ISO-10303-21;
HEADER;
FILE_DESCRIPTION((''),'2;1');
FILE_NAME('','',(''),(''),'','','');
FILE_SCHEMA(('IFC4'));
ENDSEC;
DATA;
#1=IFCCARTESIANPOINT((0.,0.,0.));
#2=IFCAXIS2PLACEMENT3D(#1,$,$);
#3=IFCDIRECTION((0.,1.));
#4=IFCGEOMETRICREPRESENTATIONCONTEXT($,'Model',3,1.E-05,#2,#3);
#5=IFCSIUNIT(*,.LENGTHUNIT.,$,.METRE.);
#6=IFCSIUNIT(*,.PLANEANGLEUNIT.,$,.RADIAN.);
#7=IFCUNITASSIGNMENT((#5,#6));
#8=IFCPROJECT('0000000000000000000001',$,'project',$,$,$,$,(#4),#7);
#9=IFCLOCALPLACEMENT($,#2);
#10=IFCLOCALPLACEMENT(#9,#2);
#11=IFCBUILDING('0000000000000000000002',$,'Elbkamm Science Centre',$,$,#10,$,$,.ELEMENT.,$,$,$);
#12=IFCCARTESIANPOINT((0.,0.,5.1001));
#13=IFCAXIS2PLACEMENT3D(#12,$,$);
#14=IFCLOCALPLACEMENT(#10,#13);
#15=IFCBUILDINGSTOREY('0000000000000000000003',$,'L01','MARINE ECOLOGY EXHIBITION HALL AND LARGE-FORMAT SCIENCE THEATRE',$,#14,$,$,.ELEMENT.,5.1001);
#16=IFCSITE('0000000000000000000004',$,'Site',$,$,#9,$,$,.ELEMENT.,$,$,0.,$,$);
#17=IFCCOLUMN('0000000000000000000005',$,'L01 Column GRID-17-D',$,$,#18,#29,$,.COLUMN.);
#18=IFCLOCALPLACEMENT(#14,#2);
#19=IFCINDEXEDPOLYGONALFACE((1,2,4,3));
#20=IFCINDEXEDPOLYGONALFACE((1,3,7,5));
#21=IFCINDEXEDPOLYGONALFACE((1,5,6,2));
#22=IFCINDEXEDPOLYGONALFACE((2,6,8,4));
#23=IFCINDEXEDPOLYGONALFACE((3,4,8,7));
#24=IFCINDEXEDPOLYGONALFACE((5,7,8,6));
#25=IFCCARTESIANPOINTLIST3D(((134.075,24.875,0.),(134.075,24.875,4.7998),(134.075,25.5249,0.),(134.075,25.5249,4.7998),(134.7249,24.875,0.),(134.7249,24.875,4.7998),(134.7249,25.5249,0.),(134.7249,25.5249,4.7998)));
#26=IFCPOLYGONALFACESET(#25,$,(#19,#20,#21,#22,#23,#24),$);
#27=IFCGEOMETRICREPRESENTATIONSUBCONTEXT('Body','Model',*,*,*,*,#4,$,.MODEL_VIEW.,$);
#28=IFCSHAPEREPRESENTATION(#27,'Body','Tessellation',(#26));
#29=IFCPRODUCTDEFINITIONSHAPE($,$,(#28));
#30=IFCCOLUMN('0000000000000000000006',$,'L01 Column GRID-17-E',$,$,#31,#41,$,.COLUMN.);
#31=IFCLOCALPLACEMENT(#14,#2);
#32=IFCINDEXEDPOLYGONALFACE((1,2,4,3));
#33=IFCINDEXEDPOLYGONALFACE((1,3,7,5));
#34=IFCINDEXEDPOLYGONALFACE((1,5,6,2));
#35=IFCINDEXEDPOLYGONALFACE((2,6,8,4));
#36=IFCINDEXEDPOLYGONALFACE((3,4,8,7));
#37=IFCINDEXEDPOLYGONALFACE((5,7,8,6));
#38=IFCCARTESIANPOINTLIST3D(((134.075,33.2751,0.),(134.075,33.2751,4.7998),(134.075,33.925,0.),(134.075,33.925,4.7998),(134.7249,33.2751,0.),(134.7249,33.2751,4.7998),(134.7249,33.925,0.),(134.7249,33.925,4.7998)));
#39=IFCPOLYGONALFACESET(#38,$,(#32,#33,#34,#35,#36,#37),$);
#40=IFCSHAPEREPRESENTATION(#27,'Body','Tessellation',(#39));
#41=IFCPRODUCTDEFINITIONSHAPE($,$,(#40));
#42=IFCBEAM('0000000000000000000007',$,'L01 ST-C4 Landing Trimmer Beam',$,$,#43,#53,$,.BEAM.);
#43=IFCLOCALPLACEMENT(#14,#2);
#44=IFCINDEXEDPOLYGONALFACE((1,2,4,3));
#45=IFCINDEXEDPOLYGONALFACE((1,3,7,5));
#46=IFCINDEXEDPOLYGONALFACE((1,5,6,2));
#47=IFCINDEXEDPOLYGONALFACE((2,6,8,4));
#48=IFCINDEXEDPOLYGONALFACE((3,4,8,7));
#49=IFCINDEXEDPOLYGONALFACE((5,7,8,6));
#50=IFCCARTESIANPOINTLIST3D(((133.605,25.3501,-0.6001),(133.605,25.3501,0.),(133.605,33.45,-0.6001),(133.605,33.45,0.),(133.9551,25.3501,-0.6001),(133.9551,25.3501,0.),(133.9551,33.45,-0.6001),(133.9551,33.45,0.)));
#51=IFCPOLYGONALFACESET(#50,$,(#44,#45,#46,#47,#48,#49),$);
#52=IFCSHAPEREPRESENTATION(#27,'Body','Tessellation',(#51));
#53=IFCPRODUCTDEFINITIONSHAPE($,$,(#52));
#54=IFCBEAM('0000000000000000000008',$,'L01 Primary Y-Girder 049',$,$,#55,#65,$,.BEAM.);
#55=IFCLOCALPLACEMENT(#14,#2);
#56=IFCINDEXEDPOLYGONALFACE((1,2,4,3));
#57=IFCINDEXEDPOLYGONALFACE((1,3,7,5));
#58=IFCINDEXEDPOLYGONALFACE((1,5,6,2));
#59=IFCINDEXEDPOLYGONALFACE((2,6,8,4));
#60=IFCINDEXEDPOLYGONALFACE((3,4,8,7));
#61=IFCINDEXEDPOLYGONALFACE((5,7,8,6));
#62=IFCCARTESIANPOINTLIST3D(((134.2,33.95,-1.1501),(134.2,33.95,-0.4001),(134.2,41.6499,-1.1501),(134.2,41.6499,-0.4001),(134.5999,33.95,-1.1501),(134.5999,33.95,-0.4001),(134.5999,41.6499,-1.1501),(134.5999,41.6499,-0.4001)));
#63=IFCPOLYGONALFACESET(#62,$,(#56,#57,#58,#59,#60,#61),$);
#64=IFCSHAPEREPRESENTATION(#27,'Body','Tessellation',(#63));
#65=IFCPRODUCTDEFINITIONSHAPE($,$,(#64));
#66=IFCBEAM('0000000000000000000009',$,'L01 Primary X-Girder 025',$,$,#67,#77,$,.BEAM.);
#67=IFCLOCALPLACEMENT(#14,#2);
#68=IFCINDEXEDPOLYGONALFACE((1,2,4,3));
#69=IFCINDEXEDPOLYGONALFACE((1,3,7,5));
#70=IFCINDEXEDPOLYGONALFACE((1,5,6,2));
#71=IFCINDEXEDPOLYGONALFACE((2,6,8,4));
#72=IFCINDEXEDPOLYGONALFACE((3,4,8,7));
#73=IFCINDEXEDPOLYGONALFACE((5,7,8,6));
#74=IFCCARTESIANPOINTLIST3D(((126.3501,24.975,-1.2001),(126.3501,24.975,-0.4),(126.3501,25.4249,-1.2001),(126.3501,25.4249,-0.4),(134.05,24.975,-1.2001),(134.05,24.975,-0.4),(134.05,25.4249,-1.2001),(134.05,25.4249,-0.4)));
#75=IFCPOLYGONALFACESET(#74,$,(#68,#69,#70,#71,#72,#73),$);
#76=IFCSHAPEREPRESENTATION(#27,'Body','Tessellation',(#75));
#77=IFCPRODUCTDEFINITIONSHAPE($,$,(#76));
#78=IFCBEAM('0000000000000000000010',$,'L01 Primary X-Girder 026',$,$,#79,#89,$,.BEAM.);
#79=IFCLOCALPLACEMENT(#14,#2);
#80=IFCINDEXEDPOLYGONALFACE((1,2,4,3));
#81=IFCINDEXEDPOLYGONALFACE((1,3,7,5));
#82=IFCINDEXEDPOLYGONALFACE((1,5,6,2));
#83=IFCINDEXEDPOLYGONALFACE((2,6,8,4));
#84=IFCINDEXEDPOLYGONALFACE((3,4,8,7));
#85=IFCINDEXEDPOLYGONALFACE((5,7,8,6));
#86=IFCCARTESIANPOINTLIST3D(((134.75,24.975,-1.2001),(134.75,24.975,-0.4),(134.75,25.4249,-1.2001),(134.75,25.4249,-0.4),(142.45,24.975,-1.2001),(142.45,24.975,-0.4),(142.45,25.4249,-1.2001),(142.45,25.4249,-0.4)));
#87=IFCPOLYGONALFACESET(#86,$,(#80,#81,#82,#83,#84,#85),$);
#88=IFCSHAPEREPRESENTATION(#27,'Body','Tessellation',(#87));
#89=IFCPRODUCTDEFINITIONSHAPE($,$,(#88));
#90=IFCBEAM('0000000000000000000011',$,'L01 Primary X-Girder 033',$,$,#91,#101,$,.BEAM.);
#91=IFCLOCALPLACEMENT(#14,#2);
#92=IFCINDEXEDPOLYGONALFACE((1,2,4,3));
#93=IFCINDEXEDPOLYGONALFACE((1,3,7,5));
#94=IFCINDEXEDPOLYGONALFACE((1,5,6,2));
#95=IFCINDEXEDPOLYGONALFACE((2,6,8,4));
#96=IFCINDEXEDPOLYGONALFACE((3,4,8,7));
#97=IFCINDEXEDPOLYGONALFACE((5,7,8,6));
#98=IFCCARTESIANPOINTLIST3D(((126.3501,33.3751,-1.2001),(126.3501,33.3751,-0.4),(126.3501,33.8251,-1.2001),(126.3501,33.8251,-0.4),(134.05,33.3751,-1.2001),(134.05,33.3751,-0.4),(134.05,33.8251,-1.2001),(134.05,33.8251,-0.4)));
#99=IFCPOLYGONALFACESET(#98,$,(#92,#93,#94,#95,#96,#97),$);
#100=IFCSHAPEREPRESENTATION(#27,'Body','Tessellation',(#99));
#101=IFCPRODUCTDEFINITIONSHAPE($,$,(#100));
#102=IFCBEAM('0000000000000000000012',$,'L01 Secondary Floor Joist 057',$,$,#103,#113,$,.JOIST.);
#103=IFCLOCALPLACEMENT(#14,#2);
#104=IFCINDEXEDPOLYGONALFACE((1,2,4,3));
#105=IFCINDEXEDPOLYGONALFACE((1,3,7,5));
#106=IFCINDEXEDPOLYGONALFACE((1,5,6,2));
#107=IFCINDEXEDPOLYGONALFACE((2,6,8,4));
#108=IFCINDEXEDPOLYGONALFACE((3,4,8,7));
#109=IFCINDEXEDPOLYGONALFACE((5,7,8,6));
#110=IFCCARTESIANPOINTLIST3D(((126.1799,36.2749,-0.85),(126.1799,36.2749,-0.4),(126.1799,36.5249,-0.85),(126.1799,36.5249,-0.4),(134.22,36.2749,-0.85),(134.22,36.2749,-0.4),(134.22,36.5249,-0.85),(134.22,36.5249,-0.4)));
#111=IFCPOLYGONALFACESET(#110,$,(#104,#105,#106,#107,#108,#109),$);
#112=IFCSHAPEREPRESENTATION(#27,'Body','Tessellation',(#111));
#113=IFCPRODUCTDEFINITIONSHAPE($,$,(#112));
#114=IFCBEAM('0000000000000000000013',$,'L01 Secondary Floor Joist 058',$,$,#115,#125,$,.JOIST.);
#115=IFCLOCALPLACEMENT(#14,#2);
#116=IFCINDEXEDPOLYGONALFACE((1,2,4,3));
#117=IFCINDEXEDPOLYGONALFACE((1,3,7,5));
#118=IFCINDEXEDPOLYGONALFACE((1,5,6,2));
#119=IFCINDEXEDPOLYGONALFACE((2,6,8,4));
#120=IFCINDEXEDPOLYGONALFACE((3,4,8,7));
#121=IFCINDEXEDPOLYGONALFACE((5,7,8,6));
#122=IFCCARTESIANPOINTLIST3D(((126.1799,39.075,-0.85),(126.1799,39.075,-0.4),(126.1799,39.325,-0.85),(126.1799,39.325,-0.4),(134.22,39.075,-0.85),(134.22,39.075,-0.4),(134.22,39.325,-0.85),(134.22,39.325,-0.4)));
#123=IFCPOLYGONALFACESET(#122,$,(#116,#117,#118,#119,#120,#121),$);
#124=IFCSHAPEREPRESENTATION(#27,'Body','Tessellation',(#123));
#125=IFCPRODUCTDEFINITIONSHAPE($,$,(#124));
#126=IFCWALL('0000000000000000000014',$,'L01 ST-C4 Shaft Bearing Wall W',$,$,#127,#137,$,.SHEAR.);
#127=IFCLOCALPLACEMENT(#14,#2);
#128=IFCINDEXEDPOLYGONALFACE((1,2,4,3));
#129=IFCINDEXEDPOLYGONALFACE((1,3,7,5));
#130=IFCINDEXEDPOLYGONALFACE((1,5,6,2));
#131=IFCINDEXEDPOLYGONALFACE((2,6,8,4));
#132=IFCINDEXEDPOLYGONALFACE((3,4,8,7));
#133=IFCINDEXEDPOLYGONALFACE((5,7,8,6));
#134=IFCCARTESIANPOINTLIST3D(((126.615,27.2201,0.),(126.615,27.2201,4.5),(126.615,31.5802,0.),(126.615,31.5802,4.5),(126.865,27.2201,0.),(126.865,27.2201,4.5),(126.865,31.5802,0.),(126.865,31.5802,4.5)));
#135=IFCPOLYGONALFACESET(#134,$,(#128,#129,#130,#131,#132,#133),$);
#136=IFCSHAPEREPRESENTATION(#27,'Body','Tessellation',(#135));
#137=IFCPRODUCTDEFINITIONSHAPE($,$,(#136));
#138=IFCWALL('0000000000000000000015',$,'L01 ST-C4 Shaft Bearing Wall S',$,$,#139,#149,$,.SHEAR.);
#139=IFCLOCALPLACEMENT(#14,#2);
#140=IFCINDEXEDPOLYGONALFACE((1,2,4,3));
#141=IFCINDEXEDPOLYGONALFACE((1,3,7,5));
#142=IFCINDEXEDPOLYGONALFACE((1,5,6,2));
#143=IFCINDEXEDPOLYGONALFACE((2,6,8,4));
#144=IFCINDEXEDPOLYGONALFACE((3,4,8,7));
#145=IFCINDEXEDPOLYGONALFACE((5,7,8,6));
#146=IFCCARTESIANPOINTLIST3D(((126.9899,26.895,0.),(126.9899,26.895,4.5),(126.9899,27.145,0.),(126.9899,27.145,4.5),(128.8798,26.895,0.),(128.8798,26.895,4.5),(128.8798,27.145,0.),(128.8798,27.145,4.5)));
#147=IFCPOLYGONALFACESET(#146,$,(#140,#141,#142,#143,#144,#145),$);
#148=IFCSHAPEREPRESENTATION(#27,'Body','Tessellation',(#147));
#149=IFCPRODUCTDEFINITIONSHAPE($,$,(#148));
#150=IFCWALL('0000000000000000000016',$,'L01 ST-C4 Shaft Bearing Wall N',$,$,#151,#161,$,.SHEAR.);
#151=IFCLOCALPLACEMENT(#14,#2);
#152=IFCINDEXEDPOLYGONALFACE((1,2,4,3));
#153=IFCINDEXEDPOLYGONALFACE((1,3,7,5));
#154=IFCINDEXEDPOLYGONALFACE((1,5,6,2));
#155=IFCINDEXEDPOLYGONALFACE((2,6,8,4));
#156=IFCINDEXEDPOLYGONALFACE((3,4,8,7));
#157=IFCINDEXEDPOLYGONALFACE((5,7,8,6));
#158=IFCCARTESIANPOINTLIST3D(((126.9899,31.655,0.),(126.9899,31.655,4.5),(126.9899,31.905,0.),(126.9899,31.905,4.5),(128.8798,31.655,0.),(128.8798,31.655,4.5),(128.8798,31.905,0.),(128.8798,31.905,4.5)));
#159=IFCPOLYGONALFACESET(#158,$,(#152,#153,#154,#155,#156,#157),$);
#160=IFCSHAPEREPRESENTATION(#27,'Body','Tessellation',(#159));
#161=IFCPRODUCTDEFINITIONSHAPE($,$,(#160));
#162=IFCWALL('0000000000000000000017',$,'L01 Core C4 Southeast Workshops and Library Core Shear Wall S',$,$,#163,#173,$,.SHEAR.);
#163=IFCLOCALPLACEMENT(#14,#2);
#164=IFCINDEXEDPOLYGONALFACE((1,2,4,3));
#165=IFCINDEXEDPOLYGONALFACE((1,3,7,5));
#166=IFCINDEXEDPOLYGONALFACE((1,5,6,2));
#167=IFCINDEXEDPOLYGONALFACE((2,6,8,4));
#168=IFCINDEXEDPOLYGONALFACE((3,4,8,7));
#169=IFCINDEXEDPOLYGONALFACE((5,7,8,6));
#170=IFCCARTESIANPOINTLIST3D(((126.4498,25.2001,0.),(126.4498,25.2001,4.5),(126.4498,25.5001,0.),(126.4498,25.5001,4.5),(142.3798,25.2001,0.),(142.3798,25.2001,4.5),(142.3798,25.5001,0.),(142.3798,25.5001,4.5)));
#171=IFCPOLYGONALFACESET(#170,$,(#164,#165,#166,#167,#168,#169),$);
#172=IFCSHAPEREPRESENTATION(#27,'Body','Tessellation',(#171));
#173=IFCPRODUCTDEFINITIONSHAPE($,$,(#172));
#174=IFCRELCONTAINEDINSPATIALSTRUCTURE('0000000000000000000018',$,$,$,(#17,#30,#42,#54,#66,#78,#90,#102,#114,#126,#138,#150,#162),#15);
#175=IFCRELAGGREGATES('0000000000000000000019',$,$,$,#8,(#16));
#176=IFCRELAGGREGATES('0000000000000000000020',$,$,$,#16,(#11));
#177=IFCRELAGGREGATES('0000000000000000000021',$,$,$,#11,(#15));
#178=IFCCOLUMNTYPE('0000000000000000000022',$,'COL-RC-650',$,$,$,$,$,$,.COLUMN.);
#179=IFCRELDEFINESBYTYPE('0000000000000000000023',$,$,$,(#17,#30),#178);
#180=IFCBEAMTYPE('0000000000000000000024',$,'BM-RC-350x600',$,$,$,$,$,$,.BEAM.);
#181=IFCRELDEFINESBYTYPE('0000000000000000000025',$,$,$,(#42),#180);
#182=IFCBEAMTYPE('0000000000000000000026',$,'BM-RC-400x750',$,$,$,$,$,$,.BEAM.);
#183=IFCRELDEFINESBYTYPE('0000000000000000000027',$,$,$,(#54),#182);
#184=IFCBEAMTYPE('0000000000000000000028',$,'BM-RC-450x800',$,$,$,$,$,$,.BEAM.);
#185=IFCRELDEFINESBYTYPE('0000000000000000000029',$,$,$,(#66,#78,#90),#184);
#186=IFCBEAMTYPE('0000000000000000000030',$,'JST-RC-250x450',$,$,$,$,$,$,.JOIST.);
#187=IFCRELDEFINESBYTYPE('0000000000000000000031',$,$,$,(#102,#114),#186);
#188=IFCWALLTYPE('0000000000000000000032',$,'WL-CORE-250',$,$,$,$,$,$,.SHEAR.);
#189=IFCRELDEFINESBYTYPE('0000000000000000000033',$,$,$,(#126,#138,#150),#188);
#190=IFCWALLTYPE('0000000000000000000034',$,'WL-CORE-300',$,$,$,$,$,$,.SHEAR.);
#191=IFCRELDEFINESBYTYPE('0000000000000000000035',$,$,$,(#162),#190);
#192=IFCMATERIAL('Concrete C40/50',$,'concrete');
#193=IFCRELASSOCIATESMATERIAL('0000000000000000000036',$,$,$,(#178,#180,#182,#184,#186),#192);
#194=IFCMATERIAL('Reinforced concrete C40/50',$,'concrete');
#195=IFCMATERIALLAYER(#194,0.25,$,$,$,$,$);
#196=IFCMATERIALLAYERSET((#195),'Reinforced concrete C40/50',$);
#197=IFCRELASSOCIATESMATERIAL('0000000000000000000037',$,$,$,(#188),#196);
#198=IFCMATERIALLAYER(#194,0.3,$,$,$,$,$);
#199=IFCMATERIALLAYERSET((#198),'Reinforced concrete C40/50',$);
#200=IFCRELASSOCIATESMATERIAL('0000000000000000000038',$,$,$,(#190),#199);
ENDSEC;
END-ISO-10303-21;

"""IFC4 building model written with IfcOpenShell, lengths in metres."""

from ifc_helpers import new_model, si_unit, direction, frame, frame_2d, origin, origin_2d, place, context, subcontext, project, spatial, rectangle, extrude, material, layer, layer_set, material_profile, profile_set, type_object, element, save


model = new_model("IFC4")

# Units and contexts
model_context = context("Model", 3, precision=1e-05, world=origin(), true_north=direction((0.0, 1.0)))
body_context = subcontext(model_context, "Body", "Model", "MODEL_VIEW")
ifc_project = project(units=[si_unit("LENGTHUNIT", "METRE"), si_unit("PLANEANGLEUNIT", "RADIAN")], contexts=[model_context])

# Site, building, storey
site_placement = place(None, origin())
site = spatial("IfcSite", under=ifc_project, at=site_placement, Name="Site", CompositionType="ELEMENT", RefElevation=0.0)
building_placement = place(site_placement, origin())
building = spatial("IfcBuilding", under=site, at=building_placement, Name="Elbkamm Science Centre", CompositionType="ELEMENT")
storey_placement = place(building_placement, frame((0.0, 0.0, 5.1001)))
storey = spatial("IfcBuildingStorey", under=building, at=storey_placement, Name="L01", Description="MARINE ECOLOGY EXHIBITION HALL AND LARGE-FORMAT SCIENCE THEATRE", CompositionType="ELEMENT", Elevation=5.1001)

# Columns
ifc_material_1 = material(Name="Concrete C40/50", Category="concrete")
ifc_material_profile_1 = material_profile(ifc_material_1, rectangle(XDim=0.6499, YDim=0.6499, at=origin_2d()), Name="RC 650x650")
ifc_profile_set_1 = profile_set([ifc_material_profile_1], Name="Concrete C40/50")
column_type = type_object("IfcColumnType", Name="COL-RC-650", PredefinedType="COLUMN", material=ifc_profile_set_1)
for number, where, z_axis, x_axis, name in (
    (1, (134.3999, 25.2, 0.0), (0.0, 0.0, 1.0), (1.0, 0.0, 0.0), "L01 Column GRID-17-D"),
    (2, (134.3999, 33.6001, 0.0), (0.0, 0.0, 1.0), (1.0, 0.0, 0.0), "L01 Column GRID-17-E"),
):
    element("IfcColumn", number, at=place(storey_placement, frame(where, z_axis=z_axis, x_axis=x_axis)), inside=storey, type_object=column_type, Name=name, PredefinedType="COLUMN", context=body_context, shape_type="SweptSolid", body=[
        extrude(rectangle(XDim=0.6499, YDim=0.6499, at=origin_2d()), origin(), (0.0, 0.0, 1.0), 4.7998),
    ])

# Beams
ifc_material_profile_2 = material_profile(ifc_material_1, rectangle(XDim=0.3501, YDim=0.6001, at=origin_2d()), Name="RC 350x600")
ifc_profile_set_2 = profile_set([ifc_material_profile_2], Name="Concrete C40/50")
beam_type_1 = type_object("IfcBeamType", Name="BM-RC-350x600", PredefinedType="BEAM", material=ifc_profile_set_2)
beam_1_placement = place(storey_placement, frame((133.78, 25.3501, -0.3), z_axis=(0.0, 1.0, 0.0), x_axis=(-1.0, 0.0, 0.0)))
element("IfcBeam", 3, at=beam_1_placement, inside=storey, type_object=beam_type_1, Name="L01 ST-C4 Landing Trimmer Beam", PredefinedType="BEAM", context=body_context, shape_type="SweptSolid", body=[
    extrude(rectangle(XDim=0.3501, YDim=0.6001, at=origin_2d()), origin(), (0.0, 0.0, 1.0), 8.0999),
])
ifc_material_profile_3 = material_profile(ifc_material_1, rectangle(XDim=0.3999, YDim=0.75, at=origin_2d()), Name="RC 400x750")
ifc_profile_set_3 = profile_set([ifc_material_profile_3], Name="Concrete C40/50")
beam_type_2 = type_object("IfcBeamType", Name="BM-RC-400x750", PredefinedType="BEAM", material=ifc_profile_set_3)
beam_2_placement = place(storey_placement, frame((134.3999, 33.95, -0.7751), z_axis=(0.0, 1.0, 0.0), x_axis=(-1.0, 0.0, 0.0)))
element("IfcBeam", 4, at=beam_2_placement, inside=storey, type_object=beam_type_2, Name="L01 Primary Y-Girder 049", PredefinedType="BEAM", context=body_context, shape_type="SweptSolid", body=[
    extrude(rectangle(XDim=0.3999, YDim=0.75, at=origin_2d()), origin(), (0.0, 0.0, 1.0), 7.7),
])
ifc_material_profile_4 = material_profile(ifc_material_1, rectangle(XDim=0.45, YDim=0.8, at=origin_2d()), Name="RC 450x800")
ifc_profile_set_4 = profile_set([ifc_material_profile_4], Name="Concrete C40/50")
beam_type_3 = type_object("IfcBeamType", Name="BM-RC-450x800", PredefinedType="BEAM", material=ifc_profile_set_4)
for number, where, z_axis, x_axis, name in (
    (5, (126.3501, 25.2, -0.8), (1.0, 0.0, 0.0), (0.0, 1.0, 0.0), "L01 Primary X-Girder 025"),
    (6, (134.75, 25.2, -0.8), (1.0, 0.0, 0.0), (0.0, 1.0, 0.0), "L01 Primary X-Girder 026"),
    (7, (126.3501, 33.6001, -0.8), (1.0, 0.0, 0.0), (0.0, 1.0, 0.0), "L01 Primary X-Girder 033"),
):
    element("IfcBeam", number, at=place(storey_placement, frame(where, z_axis=z_axis, x_axis=x_axis)), inside=storey, type_object=beam_type_3, Name=name, PredefinedType="BEAM", context=body_context, shape_type="SweptSolid", body=[
        extrude(rectangle(XDim=0.45, YDim=0.8, at=origin_2d()), origin(), (0.0, 0.0, 1.0), 7.7),
    ])
ifc_material_profile_5 = material_profile(ifc_material_1, rectangle(XDim=0.25, YDim=0.45, at=origin_2d()), Name="RC 250x450")
ifc_profile_set_5 = profile_set([ifc_material_profile_5], Name="Concrete C40/50")
beam_type_4 = type_object("IfcBeamType", Name="JST-RC-250x450", PredefinedType="JOIST", material=ifc_profile_set_5)
for number, where, z_axis, x_axis, name in (
    (8, (126.1799, 36.3999, -0.625), (1.0, 0.0, 0.0), (0.0, 1.0, 0.0), "L01 Secondary Floor Joist 057"),
    (9, (126.1799, 39.2, -0.625), (1.0, 0.0, 0.0), (0.0, 1.0, 0.0), "L01 Secondary Floor Joist 058"),
):
    element("IfcBeam", number, at=place(storey_placement, frame(where, z_axis=z_axis, x_axis=x_axis)), inside=storey, type_object=beam_type_4, Name=name, PredefinedType="JOIST", context=body_context, shape_type="SweptSolid", body=[
        extrude(rectangle(XDim=0.25, YDim=0.45, at=origin_2d()), origin(), (0.0, 0.0, 1.0), 8.04),
    ])

# Walls
ifc_material_2 = material(Name="Reinforced concrete C40/50", Category="concrete")
ifc_layer_1 = layer(ifc_material_2, 0.25)
ifc_layer_set_1 = layer_set([ifc_layer_1], Name="Reinforced concrete C40/50")
wall_type_1 = type_object("IfcWallType", Name="WL-CORE-250", PredefinedType="SHEAR", material=ifc_layer_set_1)
wall_1_placement = place(storey_placement, frame((126.74, 27.22, 0.0), z_axis=(0.0, 0.0, 1.0), x_axis=(0.0, 1.0, 0.0)))
element("IfcWall", 10, at=wall_1_placement, inside=storey, type_object=wall_type_1, Name="L01 ST-C4 Shaft Bearing Wall W", PredefinedType="SHEAR", context=body_context, shape_type="SweptSolid", body=[
    extrude(rectangle(XDim=4.3601, YDim=0.25, at=frame_2d((2.1802, 0.0))), origin(), (0.0, 0.0, 1.0), 4.5),
])
for number, where, z_axis, x_axis, name in (
    (11, (126.99, 27.02, 0.0), (0.0, 0.0, 1.0), (1.0, 0.0, 0.0), "L01 ST-C4 Shaft Bearing Wall S"),
    (12, (126.99, 31.78, 0.0), (0.0, 0.0, 1.0), (1.0, 0.0, 0.0), "L01 ST-C4 Shaft Bearing Wall N"),
):
    element("IfcWall", number, at=place(storey_placement, frame(where, z_axis=z_axis, x_axis=x_axis)), inside=storey, type_object=wall_type_1, Name=name, PredefinedType="SHEAR", context=body_context, shape_type="SweptSolid", body=[
        extrude(rectangle(XDim=1.8899, YDim=0.25, at=frame_2d((0.9448, 0.0))), origin(), (0.0, 0.0, 1.0), 4.5),
    ])
ifc_layer_2 = layer(ifc_material_2, 0.3)
ifc_layer_set_2 = layer_set([ifc_layer_2], Name="Reinforced concrete C40/50")
wall_type_2 = type_object("IfcWallType", Name="WL-CORE-300", PredefinedType="SHEAR", material=ifc_layer_set_2)
wall_2_placement = place(storey_placement, frame((126.45, 25.3501, 0.0), z_axis=(0.0, 0.0, 1.0), x_axis=(1.0, 0.0, 0.0)))
element("IfcWall", 13, at=wall_2_placement, inside=storey, type_object=wall_type_2, Name="L01 Core C4 Southeast Workshops and Library Core Shear Wall S", PredefinedType="SHEAR", context=body_context, shape_type="SweptSolid", body=[
    extrude(rectangle(XDim=15.9299, YDim=0.3, at=frame_2d((7.9648, 0.0))), origin(), (0.0, 0.0, 1.0), 4.5),
])

save(model, "model.ifc")
